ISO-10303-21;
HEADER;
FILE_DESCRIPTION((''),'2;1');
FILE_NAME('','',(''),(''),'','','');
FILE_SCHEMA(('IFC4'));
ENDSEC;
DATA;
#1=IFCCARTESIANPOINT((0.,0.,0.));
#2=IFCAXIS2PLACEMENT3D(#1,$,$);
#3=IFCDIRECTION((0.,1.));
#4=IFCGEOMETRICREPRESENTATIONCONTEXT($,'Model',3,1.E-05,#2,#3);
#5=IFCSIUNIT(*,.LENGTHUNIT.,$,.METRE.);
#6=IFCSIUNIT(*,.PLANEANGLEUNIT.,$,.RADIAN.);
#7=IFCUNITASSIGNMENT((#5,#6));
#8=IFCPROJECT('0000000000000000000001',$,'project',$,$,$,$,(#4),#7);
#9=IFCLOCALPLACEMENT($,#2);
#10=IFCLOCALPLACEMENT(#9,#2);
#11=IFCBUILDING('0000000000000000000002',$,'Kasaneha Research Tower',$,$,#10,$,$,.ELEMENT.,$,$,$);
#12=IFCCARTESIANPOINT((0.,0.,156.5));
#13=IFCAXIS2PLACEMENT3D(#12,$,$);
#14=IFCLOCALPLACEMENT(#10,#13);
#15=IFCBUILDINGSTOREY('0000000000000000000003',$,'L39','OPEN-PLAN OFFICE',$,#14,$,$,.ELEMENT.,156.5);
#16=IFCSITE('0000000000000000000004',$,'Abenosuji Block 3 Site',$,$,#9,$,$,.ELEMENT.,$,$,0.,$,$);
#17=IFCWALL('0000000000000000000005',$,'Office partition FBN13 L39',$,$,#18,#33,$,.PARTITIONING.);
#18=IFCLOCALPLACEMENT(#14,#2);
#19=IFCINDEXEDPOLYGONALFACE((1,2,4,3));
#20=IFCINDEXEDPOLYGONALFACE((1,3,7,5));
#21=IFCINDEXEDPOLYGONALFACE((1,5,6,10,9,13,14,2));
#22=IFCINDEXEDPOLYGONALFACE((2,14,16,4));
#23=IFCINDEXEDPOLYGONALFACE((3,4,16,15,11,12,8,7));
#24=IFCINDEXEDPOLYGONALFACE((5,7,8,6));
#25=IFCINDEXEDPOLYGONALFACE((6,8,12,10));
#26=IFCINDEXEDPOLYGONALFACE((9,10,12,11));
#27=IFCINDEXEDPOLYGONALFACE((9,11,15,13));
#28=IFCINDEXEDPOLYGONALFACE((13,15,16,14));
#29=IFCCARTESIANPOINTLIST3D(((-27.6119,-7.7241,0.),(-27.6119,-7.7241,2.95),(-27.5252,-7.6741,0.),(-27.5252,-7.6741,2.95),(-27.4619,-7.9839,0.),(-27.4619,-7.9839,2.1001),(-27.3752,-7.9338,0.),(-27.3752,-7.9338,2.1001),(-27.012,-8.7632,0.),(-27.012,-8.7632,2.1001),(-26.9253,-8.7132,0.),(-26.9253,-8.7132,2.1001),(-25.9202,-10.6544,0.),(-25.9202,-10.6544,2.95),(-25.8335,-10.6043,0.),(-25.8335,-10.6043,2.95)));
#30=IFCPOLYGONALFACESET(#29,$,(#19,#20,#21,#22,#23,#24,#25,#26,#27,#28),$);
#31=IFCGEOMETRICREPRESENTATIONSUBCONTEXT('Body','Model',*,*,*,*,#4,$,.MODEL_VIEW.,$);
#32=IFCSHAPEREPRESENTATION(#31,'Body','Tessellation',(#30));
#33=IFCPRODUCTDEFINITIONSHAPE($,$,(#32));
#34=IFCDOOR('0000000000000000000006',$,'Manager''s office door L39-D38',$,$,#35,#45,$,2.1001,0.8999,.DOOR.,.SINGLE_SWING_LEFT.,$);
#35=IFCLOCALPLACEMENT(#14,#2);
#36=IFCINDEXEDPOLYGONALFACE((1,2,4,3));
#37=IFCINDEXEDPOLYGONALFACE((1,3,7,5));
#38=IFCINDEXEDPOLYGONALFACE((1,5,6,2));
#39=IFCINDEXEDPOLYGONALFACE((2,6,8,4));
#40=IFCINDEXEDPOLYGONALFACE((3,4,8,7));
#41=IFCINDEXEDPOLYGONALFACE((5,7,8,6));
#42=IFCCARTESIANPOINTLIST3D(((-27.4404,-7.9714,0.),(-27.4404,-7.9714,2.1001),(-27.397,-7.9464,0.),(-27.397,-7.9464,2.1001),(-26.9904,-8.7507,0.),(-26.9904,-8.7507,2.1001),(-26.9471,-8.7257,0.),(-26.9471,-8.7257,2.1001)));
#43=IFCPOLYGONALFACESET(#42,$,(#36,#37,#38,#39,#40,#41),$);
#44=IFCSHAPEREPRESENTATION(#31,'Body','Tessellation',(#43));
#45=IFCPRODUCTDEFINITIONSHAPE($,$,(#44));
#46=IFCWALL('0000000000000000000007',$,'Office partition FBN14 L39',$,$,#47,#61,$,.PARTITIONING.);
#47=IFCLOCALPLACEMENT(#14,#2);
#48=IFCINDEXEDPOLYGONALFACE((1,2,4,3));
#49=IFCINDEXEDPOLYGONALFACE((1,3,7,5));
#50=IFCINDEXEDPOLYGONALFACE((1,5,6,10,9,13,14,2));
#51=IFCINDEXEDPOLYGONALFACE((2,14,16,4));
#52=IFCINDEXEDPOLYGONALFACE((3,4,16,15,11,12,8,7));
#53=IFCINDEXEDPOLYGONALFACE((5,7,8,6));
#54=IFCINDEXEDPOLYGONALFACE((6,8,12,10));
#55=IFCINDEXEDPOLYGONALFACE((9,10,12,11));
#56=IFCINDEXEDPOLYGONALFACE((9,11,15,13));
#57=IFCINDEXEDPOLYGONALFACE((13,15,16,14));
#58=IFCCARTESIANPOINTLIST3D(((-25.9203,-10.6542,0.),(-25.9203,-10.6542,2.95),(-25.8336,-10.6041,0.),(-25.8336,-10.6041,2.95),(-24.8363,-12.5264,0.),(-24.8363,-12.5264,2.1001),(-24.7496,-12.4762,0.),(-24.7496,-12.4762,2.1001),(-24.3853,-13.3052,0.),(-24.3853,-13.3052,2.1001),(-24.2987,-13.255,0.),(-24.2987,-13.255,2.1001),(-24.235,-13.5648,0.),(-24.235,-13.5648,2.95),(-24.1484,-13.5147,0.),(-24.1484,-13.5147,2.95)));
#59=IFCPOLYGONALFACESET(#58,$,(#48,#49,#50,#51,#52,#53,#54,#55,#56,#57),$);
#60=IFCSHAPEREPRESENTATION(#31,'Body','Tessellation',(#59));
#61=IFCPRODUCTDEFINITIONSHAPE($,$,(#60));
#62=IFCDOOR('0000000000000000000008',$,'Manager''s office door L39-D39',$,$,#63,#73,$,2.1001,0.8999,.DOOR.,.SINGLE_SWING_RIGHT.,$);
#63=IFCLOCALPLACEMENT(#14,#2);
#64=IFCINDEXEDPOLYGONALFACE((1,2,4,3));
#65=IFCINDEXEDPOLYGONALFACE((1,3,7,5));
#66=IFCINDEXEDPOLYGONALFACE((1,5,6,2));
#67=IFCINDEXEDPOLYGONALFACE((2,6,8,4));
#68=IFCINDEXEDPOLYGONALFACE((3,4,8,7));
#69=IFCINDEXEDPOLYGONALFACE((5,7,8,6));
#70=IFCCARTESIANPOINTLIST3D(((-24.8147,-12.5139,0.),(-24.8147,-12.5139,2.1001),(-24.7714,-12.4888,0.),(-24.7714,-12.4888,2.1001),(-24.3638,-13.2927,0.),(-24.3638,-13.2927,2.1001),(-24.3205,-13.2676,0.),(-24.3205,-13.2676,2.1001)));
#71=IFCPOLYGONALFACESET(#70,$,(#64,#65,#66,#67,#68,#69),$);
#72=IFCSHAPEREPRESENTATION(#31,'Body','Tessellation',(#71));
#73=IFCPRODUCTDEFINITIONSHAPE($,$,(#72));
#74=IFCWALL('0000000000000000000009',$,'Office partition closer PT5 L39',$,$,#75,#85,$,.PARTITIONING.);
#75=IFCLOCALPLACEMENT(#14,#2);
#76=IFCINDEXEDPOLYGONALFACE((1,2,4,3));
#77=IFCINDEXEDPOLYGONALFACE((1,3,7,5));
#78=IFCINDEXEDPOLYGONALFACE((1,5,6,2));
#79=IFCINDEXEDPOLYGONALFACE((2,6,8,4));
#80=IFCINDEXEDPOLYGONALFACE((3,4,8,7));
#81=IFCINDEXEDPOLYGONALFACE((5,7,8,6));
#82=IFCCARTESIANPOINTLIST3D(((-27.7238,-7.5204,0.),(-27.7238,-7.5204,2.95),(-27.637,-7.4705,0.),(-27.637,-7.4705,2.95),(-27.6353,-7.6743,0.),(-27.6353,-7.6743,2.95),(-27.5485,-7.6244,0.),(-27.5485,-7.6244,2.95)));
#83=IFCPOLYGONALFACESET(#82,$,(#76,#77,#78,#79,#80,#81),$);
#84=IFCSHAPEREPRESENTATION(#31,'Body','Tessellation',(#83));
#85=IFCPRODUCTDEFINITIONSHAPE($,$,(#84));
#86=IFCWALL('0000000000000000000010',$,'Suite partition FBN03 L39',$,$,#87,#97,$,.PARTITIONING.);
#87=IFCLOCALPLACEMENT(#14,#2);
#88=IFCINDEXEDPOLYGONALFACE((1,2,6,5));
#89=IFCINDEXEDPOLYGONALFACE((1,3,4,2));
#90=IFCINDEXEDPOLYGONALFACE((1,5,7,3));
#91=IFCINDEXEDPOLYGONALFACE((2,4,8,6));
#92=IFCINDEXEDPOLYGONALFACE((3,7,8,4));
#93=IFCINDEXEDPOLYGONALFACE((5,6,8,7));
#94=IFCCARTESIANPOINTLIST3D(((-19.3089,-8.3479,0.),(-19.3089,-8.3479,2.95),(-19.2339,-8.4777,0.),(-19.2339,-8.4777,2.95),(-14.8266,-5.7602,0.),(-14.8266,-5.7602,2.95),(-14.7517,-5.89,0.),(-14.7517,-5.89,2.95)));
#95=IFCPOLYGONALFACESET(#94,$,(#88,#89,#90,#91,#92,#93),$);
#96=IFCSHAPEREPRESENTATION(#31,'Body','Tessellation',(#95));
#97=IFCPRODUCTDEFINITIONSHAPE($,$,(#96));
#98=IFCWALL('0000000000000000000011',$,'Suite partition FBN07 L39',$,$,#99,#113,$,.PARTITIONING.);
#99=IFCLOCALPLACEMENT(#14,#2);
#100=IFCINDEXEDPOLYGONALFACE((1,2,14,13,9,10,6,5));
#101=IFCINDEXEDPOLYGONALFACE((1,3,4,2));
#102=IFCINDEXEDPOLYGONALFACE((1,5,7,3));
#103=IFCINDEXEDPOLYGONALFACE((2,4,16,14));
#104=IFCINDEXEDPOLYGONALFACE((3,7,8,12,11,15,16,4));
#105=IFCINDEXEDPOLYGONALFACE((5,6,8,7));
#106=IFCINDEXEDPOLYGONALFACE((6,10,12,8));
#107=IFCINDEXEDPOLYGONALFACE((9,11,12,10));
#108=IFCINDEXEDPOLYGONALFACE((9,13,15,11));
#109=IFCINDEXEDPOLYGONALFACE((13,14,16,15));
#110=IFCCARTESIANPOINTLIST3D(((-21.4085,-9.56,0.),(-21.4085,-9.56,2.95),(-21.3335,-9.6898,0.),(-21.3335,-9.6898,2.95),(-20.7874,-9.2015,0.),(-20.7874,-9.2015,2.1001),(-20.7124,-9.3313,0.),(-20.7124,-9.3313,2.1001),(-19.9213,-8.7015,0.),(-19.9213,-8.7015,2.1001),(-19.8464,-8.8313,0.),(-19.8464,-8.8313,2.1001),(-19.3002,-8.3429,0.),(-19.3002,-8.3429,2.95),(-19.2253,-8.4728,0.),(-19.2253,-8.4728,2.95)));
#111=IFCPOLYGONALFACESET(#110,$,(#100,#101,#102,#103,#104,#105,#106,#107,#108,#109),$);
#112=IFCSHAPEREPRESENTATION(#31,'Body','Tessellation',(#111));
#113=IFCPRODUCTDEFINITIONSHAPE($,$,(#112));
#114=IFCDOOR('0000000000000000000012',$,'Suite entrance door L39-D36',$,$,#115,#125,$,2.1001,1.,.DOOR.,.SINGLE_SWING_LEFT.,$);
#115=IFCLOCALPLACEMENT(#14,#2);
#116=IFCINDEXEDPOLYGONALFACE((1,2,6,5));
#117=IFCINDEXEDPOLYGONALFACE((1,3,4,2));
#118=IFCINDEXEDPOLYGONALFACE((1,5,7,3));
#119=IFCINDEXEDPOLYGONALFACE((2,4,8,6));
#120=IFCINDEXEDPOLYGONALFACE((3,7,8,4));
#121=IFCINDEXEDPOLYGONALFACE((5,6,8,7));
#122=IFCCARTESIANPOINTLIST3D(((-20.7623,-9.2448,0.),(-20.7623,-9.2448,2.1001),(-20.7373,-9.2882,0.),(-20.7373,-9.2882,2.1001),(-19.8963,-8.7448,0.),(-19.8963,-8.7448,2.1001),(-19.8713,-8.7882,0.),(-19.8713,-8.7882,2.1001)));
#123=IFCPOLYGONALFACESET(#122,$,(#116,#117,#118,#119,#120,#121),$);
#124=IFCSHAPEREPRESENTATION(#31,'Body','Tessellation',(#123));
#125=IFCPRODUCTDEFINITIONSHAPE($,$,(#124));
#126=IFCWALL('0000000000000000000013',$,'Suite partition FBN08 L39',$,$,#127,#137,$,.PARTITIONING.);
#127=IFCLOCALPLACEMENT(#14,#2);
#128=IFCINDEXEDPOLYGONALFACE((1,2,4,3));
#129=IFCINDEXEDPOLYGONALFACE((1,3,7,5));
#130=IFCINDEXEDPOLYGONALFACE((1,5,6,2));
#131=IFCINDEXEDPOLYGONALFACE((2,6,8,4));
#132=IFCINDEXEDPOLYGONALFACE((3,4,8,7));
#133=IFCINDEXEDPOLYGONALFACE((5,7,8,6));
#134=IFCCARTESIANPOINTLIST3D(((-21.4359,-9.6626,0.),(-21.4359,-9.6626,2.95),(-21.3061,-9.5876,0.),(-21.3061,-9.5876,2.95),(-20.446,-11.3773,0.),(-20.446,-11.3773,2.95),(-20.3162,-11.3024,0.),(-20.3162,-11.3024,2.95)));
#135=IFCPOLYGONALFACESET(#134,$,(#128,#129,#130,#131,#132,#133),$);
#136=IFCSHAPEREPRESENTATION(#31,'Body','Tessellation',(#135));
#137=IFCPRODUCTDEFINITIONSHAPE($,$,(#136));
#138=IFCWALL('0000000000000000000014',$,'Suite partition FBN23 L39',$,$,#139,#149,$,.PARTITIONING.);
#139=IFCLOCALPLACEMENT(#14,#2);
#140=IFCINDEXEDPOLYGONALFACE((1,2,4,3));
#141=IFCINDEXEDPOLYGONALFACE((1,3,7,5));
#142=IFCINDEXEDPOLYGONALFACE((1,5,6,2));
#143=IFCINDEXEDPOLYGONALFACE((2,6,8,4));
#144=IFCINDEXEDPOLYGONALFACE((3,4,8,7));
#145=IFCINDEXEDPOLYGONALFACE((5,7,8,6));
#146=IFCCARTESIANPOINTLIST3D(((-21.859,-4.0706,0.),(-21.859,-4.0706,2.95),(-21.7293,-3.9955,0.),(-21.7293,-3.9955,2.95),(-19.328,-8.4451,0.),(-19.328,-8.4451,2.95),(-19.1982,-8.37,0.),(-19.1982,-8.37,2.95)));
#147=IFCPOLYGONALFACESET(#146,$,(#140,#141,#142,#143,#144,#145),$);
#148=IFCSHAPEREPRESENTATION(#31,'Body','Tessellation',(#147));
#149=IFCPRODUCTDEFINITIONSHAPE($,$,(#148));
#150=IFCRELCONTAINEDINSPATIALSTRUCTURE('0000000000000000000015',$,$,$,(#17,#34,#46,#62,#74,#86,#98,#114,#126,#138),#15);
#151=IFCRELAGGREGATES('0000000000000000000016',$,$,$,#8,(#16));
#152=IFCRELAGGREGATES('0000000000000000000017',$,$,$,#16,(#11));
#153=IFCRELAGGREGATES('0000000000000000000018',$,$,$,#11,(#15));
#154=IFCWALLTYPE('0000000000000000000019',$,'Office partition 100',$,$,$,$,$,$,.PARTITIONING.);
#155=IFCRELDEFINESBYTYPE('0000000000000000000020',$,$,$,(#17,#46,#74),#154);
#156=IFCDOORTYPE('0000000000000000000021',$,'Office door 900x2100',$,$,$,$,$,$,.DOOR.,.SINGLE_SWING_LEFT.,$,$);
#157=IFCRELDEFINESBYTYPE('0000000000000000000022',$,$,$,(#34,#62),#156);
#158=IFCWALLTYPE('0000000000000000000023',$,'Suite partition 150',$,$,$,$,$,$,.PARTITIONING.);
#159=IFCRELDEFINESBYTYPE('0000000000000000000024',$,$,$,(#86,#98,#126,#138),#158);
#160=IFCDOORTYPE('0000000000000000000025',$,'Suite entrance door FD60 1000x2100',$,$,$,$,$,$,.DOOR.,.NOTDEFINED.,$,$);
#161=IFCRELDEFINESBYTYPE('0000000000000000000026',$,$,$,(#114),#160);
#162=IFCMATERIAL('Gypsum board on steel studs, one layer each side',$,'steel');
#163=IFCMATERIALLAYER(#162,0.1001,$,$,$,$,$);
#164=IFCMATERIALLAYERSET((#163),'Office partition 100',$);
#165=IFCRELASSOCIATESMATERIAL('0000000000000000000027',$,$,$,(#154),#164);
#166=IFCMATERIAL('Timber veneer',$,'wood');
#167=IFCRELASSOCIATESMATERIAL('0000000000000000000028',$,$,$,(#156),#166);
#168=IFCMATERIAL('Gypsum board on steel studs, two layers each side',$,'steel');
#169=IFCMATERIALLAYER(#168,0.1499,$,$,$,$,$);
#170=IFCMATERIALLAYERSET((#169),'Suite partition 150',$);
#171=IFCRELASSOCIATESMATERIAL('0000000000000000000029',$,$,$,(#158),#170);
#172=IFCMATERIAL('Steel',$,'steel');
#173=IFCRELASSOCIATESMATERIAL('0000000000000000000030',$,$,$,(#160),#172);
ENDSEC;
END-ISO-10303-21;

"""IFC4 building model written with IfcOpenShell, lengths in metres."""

from ifc_helpers import new_model, si_unit, direction, frame, frame_2d, origin, place, context, subcontext, project, spatial, rectangle, extrude, material, layer, layer_set, type_object, element, fill, save


model = new_model("IFC4")

# Units and contexts
model_context = context("Model", 3, precision=1e-05, world=origin(), true_north=direction((0.0, 1.0)))
body_context = subcontext(model_context, "Body", "Model", "MODEL_VIEW")
ifc_project = project(units=[si_unit("LENGTHUNIT", "METRE"), si_unit("PLANEANGLEUNIT", "RADIAN")], contexts=[model_context])

# Site, building, storey
site_placement = place(None, origin())
site = spatial("IfcSite", under=ifc_project, at=site_placement, Name="Abenosuji Block 3 Site", CompositionType="ELEMENT", RefElevation=0.0)
building_placement = place(site_placement, origin())
building = spatial("IfcBuilding", under=site, at=building_placement, Name="Kasaneha Research Tower", CompositionType="ELEMENT")
storey_placement = place(building_placement, frame((0.0, 0.0, 156.5)))
storey = spatial("IfcBuildingStorey", under=building, at=storey_placement, Name="L39", Description="OPEN-PLAN OFFICE", CompositionType="ELEMENT", Elevation=156.5)

# Shared definitions
ifc_material_1 = material(Name="Gypsum board on steel studs, one layer each side", Category="steel")
ifc_layer_1 = layer(ifc_material_1, 0.1001)
ifc_layer_set_1 = layer_set([ifc_layer_1], Name="Office partition 100")
wall_type_1 = type_object("IfcWallType", Name="Office partition 100", PredefinedType="PARTITIONING", material=ifc_layer_set_1)

# Shared definitions
ifc_material_2 = material(Name="Timber veneer", Category="wood")
door_type_1 = type_object("IfcDoorType", Name="Office door 900x2100", OperationType="SINGLE_SWING_LEFT", PredefinedType="DOOR", material=ifc_material_2)

# Walls, openings, doors
wall_1_placement = place(storey_placement, frame((-27.5686, -7.699, 0.0), z_axis=(0.0, 0.0, 1.0), x_axis=(0.499981, -0.866037, 0.0)))
wall_1 = element("IfcWall", 1, at=wall_1_placement, inside=storey, type_object=wall_type_1, Name="Office partition FBN13 L39", PredefinedType="PARTITIONING", context=body_context, shape_type="SweptSolid", body=[
    extrude(rectangle(XDim=3.3835, YDim=0.1001, at=frame_2d((1.6919, 0.0))), origin(), (0.0, 0.0, 1.0), 2.95),
])
opening_1_placement = place(wall_1_placement, frame((0.3, 0.0, 0.0)))
opening_1 = element("IfcOpeningElement", 2, at=opening_1_placement, cuts=wall_1, PredefinedType="OPENING", context=body_context, shape_type="SweptSolid", body=[
    extrude(rectangle(XDim=0.8999, YDim=2.1001, at=frame_2d((0.45, 1.05))), frame((0.0, 0.0601, 0.0), z_axis=(0.0, -1.0, 0.0), x_axis=(1.0, 0.0, 0.0)), (0.0, 0.0, 1.0), 0.1201),
])
door_1_placement = place(opening_1_placement, origin())
door_1 = element("IfcDoor", 3, at=door_1_placement, inside=storey, type_object=door_type_1, Name="Manager's office door L39-D38", OperationType="SINGLE_SWING_LEFT", OverallHeight=2.1001, OverallWidth=0.8999, PredefinedType="DOOR", context=body_context, shape_type="SweptSolid", body=[
    extrude(rectangle(XDim=0.8999, YDim=2.1001, at=frame_2d((0.45, 1.05))), frame((0.0, 0.0249, 0.0), z_axis=(0.0, -1.0, 0.0), x_axis=(1.0, 0.0, 0.0)), (0.0, 0.0, 1.0), 0.05),
])
fill(opening_1, door_1)
wall_2_placement = place(storey_placement, frame((-25.877, -10.6292, 0.0), z_axis=(0.0, 0.0, 1.0), x_axis=(0.501079, -0.865401, 0.0)))
wall_2 = element("IfcWall", 4, at=wall_2_placement, inside=storey, type_object=wall_type_1, Name="Office partition FBN14 L39", PredefinedType="PARTITIONING", context=body_context, shape_type="SweptSolid", body=[
    extrude(rectangle(XDim=3.3633, YDim=0.1001, at=frame_2d((1.6816, 0.0))), origin(), (0.0, 0.0, 1.0), 2.95),
])
opening_2_placement = place(wall_2_placement, frame((2.1633, 0.0, 0.0)))
opening_2 = element("IfcOpeningElement", 5, at=opening_2_placement, cuts=wall_2, PredefinedType="OPENING", context=body_context, shape_type="SweptSolid", body=[
    extrude(rectangle(XDim=0.8999, YDim=2.1001, at=frame_2d((0.45, 1.05))), frame((0.0, 0.0601, 0.0), z_axis=(0.0, -1.0, 0.0), x_axis=(1.0, 0.0, 0.0)), (0.0, 0.0, 1.0), 0.1201),
])
door_2_placement = place(opening_2_placement, origin())
door_2 = element("IfcDoor", 6, at=door_2_placement, inside=storey, type_object=door_type_1, Name="Manager's office door L39-D39", OperationType="SINGLE_SWING_RIGHT", OverallHeight=2.1001, OverallWidth=0.8999, PredefinedType="DOOR", context=body_context, shape_type="SweptSolid", body=[
    extrude(rectangle(XDim=0.8999, YDim=2.1001, at=frame_2d((0.45, 1.05))), frame((0.0, 0.0249, 0.0), z_axis=(0.0, -1.0, 0.0), x_axis=(1.0, 0.0, 0.0)), (0.0, 0.0, 1.0), 0.05),
])
fill(opening_2, door_2)

# Walls
wall_3_placement = place(storey_placement, frame((-27.6804, -7.4954, 0.0), z_axis=(0.0, 0.0, 1.0), x_axis=(0.498213, -0.867055, 0.0)))
element("IfcWall", 7, at=wall_3_placement, inside=storey, type_object=wall_type_1, Name="Office partition closer PT5 L39", PredefinedType="PARTITIONING", context=body_context, shape_type="SweptSolid", body=[
    extrude(rectangle(XDim=0.1775, YDim=0.1001, at=frame_2d((0.0889, 0.0))), origin(), (0.0, 0.0, 1.0), 2.95),
])
ifc_material_3 = material(Name="Gypsum board on steel studs, two layers each side", Category="steel")
ifc_layer_2 = layer(ifc_material_3, 0.1499)
ifc_layer_set_2 = layer_set([ifc_layer_2], Name="Suite partition 150")
wall_type_2 = type_object("IfcWallType", Name="Suite partition 150", PredefinedType="PARTITIONING", material=ifc_layer_set_2)
wall_4_placement = place(storey_placement, frame((-19.2715, -8.4128, 0.0), z_axis=(0.0, 0.0, 1.0), x_axis=(0.866037, 0.49998, 0.0)))
element("IfcWall", 8, at=wall_4_placement, inside=storey, type_object=wall_type_2, Name="Suite partition FBN03 L39", PredefinedType="PARTITIONING", context=body_context, shape_type="SweptSolid", body=[
    extrude(rectangle(XDim=5.1755, YDim=0.1499, at=frame_2d((2.5879, 0.0))), origin(), (0.0, 0.0, 1.0), 2.95),
])

# Wall, opening, door
wall_5_placement = place(storey_placement, frame((-21.3711, -9.625, 0.0), z_axis=(0.0, 0.0, 1.0), x_axis=(0.866044, 0.499968, 0.0)))
wall_5 = element("IfcWall", 9, at=wall_5_placement, inside=storey, type_object=wall_type_2, Name="Suite partition FBN07 L39", PredefinedType="PARTITIONING", context=body_context, shape_type="SweptSolid", body=[
    extrude(rectangle(XDim=2.4343, YDim=0.1499, at=frame_2d((1.2173, 0.0))), origin(), (0.0, 0.0, 1.0), 2.95),
])
opening_3_placement = place(wall_5_placement, frame((0.7173, 0.0, 0.0)))
opening_3 = element("IfcOpeningElement", 10, at=opening_3_placement, cuts=wall_5, PredefinedType="OPENING", context=body_context, shape_type="SweptSolid", body=[
    extrude(rectangle(XDim=1.0, YDim=2.1001, at=frame_2d((0.5, 1.05))), frame((0.0, 0.085, 0.0), z_axis=(0.0, -1.0, 0.0), x_axis=(1.0, 0.0, 0.0)), (0.0, 0.0, 1.0), 0.1699),
])
ifc_material_4 = material(Name="Steel", Category="steel")
door_type_2 = type_object("IfcDoorType", Name="Suite entrance door FD60 1000x2100", OperationType="NOTDEFINED", PredefinedType="DOOR", material=ifc_material_4)
door_3_placement = place(opening_3_placement, origin())
door_3 = element("IfcDoor", 11, at=door_3_placement, inside=storey, type_object=door_type_2, Name="Suite entrance door L39-D36", OperationType="SINGLE_SWING_LEFT", OverallHeight=2.1001, OverallWidth=1.0, PredefinedType="DOOR", context=body_context, shape_type="SweptSolid", body=[
    extrude(rectangle(XDim=1.0, YDim=2.1001, at=frame_2d((0.5, 1.05))), frame((0.0, 0.0249, 0.0), z_axis=(0.0, -1.0, 0.0), x_axis=(1.0, 0.0, 0.0)), (0.0, 0.0, 1.0), 0.05),
])
fill(opening_3, door_3)

# Walls
wall_6_placement = place(storey_placement, frame((-20.3811, -11.3398, 0.0), z_axis=(0.0, 0.0, 1.0), x_axis=(-0.499971, 0.866042, 0.0)))
element("IfcWall", 12, at=wall_6_placement, inside=storey, type_object=wall_type_2, Name="Suite partition FBN08 L39", PredefinedType="PARTITIONING", context=body_context, shape_type="SweptSolid", body=[
    extrude(rectangle(XDim=1.98, YDim=0.1499, at=frame_2d((0.99, 0.0))), origin(), (0.0, 0.0, 1.0), 2.95),
])
wall_7_placement = place(storey_placement, frame((-19.2632, -8.4075, 0.0), z_axis=(0.0, 0.0, 1.0), x_axis=(-0.500798, 0.865564, 0.0)))
element("IfcWall", 13, at=wall_7_placement, inside=storey, type_object=wall_type_2, Name="Suite partition FBN23 L39", PredefinedType="PARTITIONING", context=body_context, shape_type="SweptSolid", body=[
    extrude(rectangle(XDim=5.054, YDim=0.1499, at=frame_2d((2.5269, 0.0))), origin(), (0.0, 0.0, 1.0), 2.95),
])

save(model, "model.ifc")
